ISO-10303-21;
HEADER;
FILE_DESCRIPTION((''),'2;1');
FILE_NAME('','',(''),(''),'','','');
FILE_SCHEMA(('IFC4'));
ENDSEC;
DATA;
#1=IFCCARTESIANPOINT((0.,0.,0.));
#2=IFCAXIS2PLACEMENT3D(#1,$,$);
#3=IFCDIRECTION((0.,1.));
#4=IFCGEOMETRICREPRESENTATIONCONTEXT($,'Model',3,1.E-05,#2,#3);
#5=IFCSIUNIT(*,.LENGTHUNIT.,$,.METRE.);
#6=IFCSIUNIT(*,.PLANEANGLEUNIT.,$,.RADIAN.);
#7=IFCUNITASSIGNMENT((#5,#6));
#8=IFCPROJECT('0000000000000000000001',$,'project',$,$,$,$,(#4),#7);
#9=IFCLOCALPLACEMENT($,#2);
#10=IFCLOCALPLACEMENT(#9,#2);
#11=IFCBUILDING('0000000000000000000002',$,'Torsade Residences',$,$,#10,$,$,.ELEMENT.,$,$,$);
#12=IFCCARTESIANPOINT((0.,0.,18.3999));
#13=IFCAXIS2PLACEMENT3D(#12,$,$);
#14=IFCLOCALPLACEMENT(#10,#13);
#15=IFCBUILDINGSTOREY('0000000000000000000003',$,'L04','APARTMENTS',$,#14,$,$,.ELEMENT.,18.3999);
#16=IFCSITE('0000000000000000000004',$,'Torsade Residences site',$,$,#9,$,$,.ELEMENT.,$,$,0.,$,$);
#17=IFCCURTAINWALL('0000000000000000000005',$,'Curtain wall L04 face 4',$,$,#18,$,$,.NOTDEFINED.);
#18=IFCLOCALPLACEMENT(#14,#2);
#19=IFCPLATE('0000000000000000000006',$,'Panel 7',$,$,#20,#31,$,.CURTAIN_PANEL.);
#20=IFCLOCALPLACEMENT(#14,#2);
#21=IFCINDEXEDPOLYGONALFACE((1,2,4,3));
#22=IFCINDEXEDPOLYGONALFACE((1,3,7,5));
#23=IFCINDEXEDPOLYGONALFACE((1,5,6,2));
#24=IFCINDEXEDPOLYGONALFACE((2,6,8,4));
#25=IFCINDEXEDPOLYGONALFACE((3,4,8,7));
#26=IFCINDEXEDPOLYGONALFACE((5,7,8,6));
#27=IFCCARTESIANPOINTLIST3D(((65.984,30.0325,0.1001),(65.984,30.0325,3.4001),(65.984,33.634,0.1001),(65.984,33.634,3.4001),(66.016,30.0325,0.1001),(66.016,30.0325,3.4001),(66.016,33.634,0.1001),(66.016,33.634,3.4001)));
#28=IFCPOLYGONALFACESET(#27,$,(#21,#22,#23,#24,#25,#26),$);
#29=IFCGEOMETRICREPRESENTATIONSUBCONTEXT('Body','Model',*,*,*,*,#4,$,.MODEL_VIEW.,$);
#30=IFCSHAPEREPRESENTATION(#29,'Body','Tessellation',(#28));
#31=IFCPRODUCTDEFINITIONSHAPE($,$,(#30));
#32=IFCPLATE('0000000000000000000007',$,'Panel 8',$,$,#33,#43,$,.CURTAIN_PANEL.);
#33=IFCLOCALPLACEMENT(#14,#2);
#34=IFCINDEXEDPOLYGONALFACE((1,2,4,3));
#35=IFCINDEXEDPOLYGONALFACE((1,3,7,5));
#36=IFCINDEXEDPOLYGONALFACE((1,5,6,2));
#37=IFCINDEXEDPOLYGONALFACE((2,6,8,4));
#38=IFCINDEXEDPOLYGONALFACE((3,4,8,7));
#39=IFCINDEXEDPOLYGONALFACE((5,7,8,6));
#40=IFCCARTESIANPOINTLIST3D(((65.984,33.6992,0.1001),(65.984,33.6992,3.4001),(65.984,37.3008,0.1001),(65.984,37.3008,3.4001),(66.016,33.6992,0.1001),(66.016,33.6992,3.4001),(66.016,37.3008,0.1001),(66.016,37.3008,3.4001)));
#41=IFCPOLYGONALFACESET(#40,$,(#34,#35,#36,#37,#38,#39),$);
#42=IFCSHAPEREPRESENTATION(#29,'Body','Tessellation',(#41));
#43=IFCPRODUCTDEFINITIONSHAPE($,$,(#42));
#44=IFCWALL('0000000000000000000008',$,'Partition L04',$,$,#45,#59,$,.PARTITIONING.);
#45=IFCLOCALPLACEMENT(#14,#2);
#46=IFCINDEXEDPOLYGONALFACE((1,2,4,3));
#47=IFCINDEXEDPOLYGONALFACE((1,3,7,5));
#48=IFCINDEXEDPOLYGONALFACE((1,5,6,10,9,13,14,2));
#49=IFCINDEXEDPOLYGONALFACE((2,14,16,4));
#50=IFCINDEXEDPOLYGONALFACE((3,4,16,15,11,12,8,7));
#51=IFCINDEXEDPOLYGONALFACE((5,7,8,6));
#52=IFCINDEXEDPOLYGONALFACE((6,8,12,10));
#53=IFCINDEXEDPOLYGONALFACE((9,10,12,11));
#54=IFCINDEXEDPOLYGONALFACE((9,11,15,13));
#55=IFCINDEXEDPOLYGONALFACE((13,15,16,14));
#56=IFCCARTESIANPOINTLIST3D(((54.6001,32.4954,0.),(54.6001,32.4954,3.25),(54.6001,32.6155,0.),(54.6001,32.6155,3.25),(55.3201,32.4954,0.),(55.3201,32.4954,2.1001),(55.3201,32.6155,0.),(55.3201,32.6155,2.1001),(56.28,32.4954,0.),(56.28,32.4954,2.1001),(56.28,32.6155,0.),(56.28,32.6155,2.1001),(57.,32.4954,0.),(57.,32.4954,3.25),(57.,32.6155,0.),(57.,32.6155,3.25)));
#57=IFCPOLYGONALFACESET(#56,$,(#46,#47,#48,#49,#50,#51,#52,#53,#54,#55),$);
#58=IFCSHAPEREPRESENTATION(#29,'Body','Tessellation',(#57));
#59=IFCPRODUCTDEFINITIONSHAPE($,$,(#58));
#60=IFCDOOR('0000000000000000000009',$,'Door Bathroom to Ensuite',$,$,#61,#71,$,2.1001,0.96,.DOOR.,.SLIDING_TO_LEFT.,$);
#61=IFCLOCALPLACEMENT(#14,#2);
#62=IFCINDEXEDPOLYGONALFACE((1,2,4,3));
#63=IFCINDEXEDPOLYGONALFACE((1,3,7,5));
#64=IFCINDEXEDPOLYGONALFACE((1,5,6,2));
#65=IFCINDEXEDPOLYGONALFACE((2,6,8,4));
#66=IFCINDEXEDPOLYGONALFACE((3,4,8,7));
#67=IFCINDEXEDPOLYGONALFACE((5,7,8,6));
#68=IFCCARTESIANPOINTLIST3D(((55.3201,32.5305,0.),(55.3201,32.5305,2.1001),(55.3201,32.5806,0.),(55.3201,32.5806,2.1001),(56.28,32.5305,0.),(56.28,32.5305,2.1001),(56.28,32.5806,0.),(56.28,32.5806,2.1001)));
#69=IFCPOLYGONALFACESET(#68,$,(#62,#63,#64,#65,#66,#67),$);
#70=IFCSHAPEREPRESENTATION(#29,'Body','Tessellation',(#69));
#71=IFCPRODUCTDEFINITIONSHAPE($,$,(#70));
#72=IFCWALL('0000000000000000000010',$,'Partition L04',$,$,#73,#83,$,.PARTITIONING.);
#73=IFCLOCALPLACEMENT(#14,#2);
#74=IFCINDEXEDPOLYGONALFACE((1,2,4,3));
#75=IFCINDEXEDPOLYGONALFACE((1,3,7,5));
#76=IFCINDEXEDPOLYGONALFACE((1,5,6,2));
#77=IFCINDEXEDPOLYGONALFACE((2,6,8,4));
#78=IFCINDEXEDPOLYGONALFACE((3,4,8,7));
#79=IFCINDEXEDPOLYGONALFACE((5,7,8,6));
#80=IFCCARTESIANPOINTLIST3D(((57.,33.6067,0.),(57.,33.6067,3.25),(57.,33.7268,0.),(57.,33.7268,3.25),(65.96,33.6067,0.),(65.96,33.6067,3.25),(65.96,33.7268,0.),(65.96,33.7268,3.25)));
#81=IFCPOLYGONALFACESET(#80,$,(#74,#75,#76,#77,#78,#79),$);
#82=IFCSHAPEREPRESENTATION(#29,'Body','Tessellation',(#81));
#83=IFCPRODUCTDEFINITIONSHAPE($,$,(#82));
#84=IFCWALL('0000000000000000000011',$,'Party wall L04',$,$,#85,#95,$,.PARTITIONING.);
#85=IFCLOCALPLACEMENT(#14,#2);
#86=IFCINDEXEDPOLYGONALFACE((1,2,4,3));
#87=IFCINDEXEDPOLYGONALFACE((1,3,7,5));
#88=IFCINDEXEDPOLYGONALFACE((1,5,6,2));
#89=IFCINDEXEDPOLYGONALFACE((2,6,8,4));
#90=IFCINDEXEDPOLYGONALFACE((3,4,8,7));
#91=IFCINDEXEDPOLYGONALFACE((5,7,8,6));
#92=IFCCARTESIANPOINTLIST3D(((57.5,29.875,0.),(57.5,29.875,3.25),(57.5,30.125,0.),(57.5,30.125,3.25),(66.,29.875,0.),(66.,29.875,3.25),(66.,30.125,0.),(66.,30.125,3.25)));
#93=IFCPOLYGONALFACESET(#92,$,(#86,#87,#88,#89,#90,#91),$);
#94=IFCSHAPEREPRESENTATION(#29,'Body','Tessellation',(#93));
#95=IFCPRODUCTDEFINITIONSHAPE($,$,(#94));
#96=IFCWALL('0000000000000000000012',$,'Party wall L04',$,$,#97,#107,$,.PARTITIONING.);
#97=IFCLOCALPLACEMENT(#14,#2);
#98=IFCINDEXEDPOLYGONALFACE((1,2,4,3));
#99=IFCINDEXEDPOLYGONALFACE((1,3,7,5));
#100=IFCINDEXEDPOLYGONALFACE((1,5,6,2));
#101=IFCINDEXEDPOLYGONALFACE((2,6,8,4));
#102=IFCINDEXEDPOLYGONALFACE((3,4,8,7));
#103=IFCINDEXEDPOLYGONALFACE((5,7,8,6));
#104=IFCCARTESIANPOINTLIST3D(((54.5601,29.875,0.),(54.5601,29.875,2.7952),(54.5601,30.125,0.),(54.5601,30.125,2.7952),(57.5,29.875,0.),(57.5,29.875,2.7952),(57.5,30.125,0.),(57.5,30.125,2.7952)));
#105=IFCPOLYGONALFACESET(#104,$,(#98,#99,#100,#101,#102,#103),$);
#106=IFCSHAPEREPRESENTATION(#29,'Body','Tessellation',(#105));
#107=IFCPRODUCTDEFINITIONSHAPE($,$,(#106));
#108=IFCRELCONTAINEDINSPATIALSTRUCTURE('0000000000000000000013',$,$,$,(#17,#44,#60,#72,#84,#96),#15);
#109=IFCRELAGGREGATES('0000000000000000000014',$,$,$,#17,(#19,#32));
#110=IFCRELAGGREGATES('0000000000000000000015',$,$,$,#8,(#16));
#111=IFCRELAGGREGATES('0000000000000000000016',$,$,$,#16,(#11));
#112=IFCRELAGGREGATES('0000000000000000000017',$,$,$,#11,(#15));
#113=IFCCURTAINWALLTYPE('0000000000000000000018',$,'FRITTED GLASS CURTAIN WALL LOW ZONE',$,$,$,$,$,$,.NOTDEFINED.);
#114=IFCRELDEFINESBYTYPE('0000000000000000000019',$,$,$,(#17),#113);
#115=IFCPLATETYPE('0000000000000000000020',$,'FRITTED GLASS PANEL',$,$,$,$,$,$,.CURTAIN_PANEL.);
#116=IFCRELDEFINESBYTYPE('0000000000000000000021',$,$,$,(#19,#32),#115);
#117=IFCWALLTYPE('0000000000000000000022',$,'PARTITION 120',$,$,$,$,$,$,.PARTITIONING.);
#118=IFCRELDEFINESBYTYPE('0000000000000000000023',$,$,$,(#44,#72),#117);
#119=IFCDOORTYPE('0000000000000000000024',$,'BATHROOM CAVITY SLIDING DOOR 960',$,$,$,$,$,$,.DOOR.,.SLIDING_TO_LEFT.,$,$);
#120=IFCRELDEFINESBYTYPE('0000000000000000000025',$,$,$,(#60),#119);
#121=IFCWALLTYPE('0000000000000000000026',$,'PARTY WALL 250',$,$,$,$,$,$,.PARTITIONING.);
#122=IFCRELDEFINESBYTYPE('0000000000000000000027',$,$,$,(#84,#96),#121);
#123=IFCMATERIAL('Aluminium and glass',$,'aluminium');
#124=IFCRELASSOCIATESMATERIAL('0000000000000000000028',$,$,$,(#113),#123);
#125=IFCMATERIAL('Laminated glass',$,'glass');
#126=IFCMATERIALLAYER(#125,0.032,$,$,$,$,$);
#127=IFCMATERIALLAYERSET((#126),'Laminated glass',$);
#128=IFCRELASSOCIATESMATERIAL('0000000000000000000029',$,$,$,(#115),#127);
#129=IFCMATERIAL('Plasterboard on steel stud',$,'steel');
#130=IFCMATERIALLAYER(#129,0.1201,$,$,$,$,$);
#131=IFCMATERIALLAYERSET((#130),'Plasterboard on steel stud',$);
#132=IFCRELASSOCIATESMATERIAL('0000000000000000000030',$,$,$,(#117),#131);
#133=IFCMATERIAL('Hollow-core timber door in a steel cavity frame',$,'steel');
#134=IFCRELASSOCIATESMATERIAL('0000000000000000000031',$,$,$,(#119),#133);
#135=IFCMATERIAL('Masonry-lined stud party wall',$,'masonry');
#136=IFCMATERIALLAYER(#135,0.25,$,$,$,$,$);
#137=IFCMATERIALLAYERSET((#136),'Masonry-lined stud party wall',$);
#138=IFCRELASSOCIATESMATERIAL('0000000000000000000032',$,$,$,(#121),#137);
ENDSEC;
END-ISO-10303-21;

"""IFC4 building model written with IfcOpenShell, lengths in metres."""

from ifc_helpers import new_model, si_unit, direction, frame, frame_2d, origin, origin_2d, place, context, subcontext, project, spatial, rectangle, extrude, material, layer, layer_set, type_object, element, fill, aggregate, save


model = new_model("IFC4")

# Units and contexts
model_context = context("Model", 3, precision=1e-05, world=origin(), true_north=direction((0.0, 1.0)))
body_context = subcontext(model_context, "Body", "Model", "MODEL_VIEW")
ifc_project = project(units=[si_unit("LENGTHUNIT", "METRE"), si_unit("PLANEANGLEUNIT", "RADIAN")], contexts=[model_context])

# Site, building, storey
site_placement = place(None, origin())
site = spatial("IfcSite", under=ifc_project, at=site_placement, Name="Torsade Residences site", CompositionType="ELEMENT", RefElevation=0.0)
building_placement = place(site_placement, origin())
building = spatial("IfcBuilding", under=site, at=building_placement, Name="Torsade Residences", CompositionType="ELEMENT")
storey_placement = place(building_placement, frame((0.0, 0.0, 18.3999)))
storey = spatial("IfcBuildingStorey", under=building, at=storey_placement, Name="L04", Description="APARTMENTS", CompositionType="ELEMENT", Elevation=18.3999)

# Curtain wall
ifc_material_1 = material(Name="Aluminium and glass", Category="aluminium")
curtain_wall_type = type_object("IfcCurtainWallType", Name="FRITTED GLASS CURTAIN WALL LOW ZONE", PredefinedType="NOTDEFINED", material=ifc_material_1)
curtain_wall_placement = place(storey_placement, origin())
curtain_wall = element("IfcCurtainWall", 1, at=curtain_wall_placement, inside=storey, type_object=curtain_wall_type, Name="Curtain wall L04 face 4", PredefinedType="NOTDEFINED")

# Plates
ifc_material_2 = material(Name="Laminated glass", Category="glass")
ifc_layer_1 = layer(ifc_material_2, 0.032)
ifc_layer_set_1 = layer_set([ifc_layer_1], Name="Laminated glass")
plate_type = type_object("IfcPlateType", Name="FRITTED GLASS PANEL", PredefinedType="CURTAIN_PANEL", material=ifc_layer_set_1)
plate_1_placement = place(storey_placement, frame((66.0, 31.8333, 0.1001), z_axis=(0.0, 0.0, 1.0), x_axis=(0.0, 1.0, 0.0)))
plate_1 = element("IfcPlate", 2, at=plate_1_placement, type_object=plate_type, Name="Panel 7", PredefinedType="CURTAIN_PANEL", context=body_context, shape_type="SweptSolid", body=[
    extrude(rectangle(XDim=3.6016, YDim=0.032, at=origin_2d()), origin(), (0.0, 0.0, 1.0), 3.3),
])
plate_2_placement = place(storey_placement, frame((66.0, 35.5, 0.1001), z_axis=(0.0, 0.0, 1.0), x_axis=(0.0, 1.0, 0.0)))
plate_2 = element("IfcPlate", 3, at=plate_2_placement, type_object=plate_type, Name="Panel 8", PredefinedType="CURTAIN_PANEL", context=body_context, shape_type="SweptSolid", body=[
    extrude(rectangle(XDim=3.6016, YDim=0.032, at=origin_2d()), origin(), (0.0, 0.0, 1.0), 3.3),
])
aggregate(curtain_wall, [plate_1, plate_2])

# Wall, opening, door
ifc_material_3 = material(Name="Plasterboard on steel stud", Category="steel")
ifc_layer_2 = layer(ifc_material_3, 0.1201)
ifc_layer_set_2 = layer_set([ifc_layer_2], Name="Plasterboard on steel stud")
wall_type_1 = type_object("IfcWallType", Name="PARTITION 120", PredefinedType="PARTITIONING", material=ifc_layer_set_2)
wall_1_placement = place(storey_placement, frame((57.0, 32.5554, 0.0), z_axis=(0.0, 0.0, 1.0), x_axis=(-1.0, 0.0, 0.0)))
wall_1 = element("IfcWall", 4, at=wall_1_placement, inside=storey, type_object=wall_type_1, Name="Partition L04", PredefinedType="PARTITIONING", context=body_context, shape_type="SweptSolid", body=[
    extrude(rectangle(XDim=2.3999, YDim=0.1201, at=frame_2d((1.2, 0.0))), origin(), (0.0, 0.0, 1.0), 3.25),
])
opening_placement = place(wall_1_placement, frame((0.72, 0.0, 0.0)))
opening = element("IfcOpeningElement", 5, at=opening_placement, cuts=wall_1, PredefinedType="OPENING", context=body_context, shape_type="SweptSolid", body=[
    extrude(rectangle(XDim=0.96, YDim=2.1001, at=frame_2d((0.48, 1.05))), frame((0.0, 0.0701, 0.0), z_axis=(0.0, -1.0, 0.0), x_axis=(1.0, 0.0, 0.0)), (0.0, 0.0, 1.0), 0.1401),
])
ifc_material_4 = material(Name="Hollow-core timber door in a steel cavity frame", Category="steel")
door_type = type_object("IfcDoorType", Name="BATHROOM CAVITY SLIDING DOOR 960", OperationType="SLIDING_TO_LEFT", PredefinedType="DOOR", material=ifc_material_4)
door_placement = place(opening_placement, origin())
door = element("IfcDoor", 6, at=door_placement, inside=storey, type_object=door_type, Name="Door Bathroom to Ensuite", OperationType="SLIDING_TO_LEFT", OverallHeight=2.1001, OverallWidth=0.96, PredefinedType="DOOR", context=body_context, shape_type="SweptSolid", body=[
    extrude(rectangle(XDim=0.96, YDim=2.1001, at=frame_2d((0.48, 1.05))), frame((0.0, 0.0249, 0.0), z_axis=(0.0, -1.0, 0.0), x_axis=(1.0, 0.0, 0.0)), (0.0, 0.0, 1.0), 0.05),
])
fill(opening, door)

# Walls
wall_2_placement = place(storey_placement, frame((57.0, 33.6667, 0.0), z_axis=(0.0, 0.0, 1.0), x_axis=(1.0, 0.0, 0.0)))
element("IfcWall", 7, at=wall_2_placement, inside=storey, type_object=wall_type_1, Name="Partition L04", PredefinedType="PARTITIONING", context=body_context, shape_type="SweptSolid", body=[
    extrude(rectangle(XDim=8.96, YDim=0.1201, at=frame_2d((4.48, 0.0))), origin(), (0.0, 0.0, 1.0), 3.25),
])
ifc_material_5 = material(Name="Masonry-lined stud party wall", Category="masonry")
ifc_layer_3 = layer(ifc_material_5, 0.25)
ifc_layer_set_3 = layer_set([ifc_layer_3], Name="Masonry-lined stud party wall")
wall_type_2 = type_object("IfcWallType", Name="PARTY WALL 250", PredefinedType="PARTITIONING", material=ifc_layer_set_3)
wall_3_placement = place(storey_placement, frame((66.0, 30.0, 0.0), z_axis=(0.0, 0.0, 1.0), x_axis=(-1.0, 0.0, 0.0)))
element("IfcWall", 8, at=wall_3_placement, inside=storey, type_object=wall_type_2, Name="Party wall L04", PredefinedType="PARTITIONING", context=body_context, shape_type="SweptSolid", body=[
    extrude(rectangle(XDim=8.5, YDim=0.25, at=frame_2d((4.25, 0.0))), origin(), (0.0, 0.0, 1.0), 3.25),
])
wall_4_placement = place(storey_placement, frame((57.5, 30.0, 0.0), z_axis=(0.0, 0.0, 1.0), x_axis=(-1.0, 0.0, 0.0)))
element("IfcWall", 9, at=wall_4_placement, inside=storey, type_object=wall_type_2, Name="Party wall L04", PredefinedType="PARTITIONING", context=body_context, shape_type="SweptSolid", body=[
    extrude(rectangle(XDim=2.9399, YDim=0.25, at=frame_2d((1.47, 0.0))), origin(), (0.0, 0.0, 1.0), 2.7952),
])

save(model, "model.ifc")
